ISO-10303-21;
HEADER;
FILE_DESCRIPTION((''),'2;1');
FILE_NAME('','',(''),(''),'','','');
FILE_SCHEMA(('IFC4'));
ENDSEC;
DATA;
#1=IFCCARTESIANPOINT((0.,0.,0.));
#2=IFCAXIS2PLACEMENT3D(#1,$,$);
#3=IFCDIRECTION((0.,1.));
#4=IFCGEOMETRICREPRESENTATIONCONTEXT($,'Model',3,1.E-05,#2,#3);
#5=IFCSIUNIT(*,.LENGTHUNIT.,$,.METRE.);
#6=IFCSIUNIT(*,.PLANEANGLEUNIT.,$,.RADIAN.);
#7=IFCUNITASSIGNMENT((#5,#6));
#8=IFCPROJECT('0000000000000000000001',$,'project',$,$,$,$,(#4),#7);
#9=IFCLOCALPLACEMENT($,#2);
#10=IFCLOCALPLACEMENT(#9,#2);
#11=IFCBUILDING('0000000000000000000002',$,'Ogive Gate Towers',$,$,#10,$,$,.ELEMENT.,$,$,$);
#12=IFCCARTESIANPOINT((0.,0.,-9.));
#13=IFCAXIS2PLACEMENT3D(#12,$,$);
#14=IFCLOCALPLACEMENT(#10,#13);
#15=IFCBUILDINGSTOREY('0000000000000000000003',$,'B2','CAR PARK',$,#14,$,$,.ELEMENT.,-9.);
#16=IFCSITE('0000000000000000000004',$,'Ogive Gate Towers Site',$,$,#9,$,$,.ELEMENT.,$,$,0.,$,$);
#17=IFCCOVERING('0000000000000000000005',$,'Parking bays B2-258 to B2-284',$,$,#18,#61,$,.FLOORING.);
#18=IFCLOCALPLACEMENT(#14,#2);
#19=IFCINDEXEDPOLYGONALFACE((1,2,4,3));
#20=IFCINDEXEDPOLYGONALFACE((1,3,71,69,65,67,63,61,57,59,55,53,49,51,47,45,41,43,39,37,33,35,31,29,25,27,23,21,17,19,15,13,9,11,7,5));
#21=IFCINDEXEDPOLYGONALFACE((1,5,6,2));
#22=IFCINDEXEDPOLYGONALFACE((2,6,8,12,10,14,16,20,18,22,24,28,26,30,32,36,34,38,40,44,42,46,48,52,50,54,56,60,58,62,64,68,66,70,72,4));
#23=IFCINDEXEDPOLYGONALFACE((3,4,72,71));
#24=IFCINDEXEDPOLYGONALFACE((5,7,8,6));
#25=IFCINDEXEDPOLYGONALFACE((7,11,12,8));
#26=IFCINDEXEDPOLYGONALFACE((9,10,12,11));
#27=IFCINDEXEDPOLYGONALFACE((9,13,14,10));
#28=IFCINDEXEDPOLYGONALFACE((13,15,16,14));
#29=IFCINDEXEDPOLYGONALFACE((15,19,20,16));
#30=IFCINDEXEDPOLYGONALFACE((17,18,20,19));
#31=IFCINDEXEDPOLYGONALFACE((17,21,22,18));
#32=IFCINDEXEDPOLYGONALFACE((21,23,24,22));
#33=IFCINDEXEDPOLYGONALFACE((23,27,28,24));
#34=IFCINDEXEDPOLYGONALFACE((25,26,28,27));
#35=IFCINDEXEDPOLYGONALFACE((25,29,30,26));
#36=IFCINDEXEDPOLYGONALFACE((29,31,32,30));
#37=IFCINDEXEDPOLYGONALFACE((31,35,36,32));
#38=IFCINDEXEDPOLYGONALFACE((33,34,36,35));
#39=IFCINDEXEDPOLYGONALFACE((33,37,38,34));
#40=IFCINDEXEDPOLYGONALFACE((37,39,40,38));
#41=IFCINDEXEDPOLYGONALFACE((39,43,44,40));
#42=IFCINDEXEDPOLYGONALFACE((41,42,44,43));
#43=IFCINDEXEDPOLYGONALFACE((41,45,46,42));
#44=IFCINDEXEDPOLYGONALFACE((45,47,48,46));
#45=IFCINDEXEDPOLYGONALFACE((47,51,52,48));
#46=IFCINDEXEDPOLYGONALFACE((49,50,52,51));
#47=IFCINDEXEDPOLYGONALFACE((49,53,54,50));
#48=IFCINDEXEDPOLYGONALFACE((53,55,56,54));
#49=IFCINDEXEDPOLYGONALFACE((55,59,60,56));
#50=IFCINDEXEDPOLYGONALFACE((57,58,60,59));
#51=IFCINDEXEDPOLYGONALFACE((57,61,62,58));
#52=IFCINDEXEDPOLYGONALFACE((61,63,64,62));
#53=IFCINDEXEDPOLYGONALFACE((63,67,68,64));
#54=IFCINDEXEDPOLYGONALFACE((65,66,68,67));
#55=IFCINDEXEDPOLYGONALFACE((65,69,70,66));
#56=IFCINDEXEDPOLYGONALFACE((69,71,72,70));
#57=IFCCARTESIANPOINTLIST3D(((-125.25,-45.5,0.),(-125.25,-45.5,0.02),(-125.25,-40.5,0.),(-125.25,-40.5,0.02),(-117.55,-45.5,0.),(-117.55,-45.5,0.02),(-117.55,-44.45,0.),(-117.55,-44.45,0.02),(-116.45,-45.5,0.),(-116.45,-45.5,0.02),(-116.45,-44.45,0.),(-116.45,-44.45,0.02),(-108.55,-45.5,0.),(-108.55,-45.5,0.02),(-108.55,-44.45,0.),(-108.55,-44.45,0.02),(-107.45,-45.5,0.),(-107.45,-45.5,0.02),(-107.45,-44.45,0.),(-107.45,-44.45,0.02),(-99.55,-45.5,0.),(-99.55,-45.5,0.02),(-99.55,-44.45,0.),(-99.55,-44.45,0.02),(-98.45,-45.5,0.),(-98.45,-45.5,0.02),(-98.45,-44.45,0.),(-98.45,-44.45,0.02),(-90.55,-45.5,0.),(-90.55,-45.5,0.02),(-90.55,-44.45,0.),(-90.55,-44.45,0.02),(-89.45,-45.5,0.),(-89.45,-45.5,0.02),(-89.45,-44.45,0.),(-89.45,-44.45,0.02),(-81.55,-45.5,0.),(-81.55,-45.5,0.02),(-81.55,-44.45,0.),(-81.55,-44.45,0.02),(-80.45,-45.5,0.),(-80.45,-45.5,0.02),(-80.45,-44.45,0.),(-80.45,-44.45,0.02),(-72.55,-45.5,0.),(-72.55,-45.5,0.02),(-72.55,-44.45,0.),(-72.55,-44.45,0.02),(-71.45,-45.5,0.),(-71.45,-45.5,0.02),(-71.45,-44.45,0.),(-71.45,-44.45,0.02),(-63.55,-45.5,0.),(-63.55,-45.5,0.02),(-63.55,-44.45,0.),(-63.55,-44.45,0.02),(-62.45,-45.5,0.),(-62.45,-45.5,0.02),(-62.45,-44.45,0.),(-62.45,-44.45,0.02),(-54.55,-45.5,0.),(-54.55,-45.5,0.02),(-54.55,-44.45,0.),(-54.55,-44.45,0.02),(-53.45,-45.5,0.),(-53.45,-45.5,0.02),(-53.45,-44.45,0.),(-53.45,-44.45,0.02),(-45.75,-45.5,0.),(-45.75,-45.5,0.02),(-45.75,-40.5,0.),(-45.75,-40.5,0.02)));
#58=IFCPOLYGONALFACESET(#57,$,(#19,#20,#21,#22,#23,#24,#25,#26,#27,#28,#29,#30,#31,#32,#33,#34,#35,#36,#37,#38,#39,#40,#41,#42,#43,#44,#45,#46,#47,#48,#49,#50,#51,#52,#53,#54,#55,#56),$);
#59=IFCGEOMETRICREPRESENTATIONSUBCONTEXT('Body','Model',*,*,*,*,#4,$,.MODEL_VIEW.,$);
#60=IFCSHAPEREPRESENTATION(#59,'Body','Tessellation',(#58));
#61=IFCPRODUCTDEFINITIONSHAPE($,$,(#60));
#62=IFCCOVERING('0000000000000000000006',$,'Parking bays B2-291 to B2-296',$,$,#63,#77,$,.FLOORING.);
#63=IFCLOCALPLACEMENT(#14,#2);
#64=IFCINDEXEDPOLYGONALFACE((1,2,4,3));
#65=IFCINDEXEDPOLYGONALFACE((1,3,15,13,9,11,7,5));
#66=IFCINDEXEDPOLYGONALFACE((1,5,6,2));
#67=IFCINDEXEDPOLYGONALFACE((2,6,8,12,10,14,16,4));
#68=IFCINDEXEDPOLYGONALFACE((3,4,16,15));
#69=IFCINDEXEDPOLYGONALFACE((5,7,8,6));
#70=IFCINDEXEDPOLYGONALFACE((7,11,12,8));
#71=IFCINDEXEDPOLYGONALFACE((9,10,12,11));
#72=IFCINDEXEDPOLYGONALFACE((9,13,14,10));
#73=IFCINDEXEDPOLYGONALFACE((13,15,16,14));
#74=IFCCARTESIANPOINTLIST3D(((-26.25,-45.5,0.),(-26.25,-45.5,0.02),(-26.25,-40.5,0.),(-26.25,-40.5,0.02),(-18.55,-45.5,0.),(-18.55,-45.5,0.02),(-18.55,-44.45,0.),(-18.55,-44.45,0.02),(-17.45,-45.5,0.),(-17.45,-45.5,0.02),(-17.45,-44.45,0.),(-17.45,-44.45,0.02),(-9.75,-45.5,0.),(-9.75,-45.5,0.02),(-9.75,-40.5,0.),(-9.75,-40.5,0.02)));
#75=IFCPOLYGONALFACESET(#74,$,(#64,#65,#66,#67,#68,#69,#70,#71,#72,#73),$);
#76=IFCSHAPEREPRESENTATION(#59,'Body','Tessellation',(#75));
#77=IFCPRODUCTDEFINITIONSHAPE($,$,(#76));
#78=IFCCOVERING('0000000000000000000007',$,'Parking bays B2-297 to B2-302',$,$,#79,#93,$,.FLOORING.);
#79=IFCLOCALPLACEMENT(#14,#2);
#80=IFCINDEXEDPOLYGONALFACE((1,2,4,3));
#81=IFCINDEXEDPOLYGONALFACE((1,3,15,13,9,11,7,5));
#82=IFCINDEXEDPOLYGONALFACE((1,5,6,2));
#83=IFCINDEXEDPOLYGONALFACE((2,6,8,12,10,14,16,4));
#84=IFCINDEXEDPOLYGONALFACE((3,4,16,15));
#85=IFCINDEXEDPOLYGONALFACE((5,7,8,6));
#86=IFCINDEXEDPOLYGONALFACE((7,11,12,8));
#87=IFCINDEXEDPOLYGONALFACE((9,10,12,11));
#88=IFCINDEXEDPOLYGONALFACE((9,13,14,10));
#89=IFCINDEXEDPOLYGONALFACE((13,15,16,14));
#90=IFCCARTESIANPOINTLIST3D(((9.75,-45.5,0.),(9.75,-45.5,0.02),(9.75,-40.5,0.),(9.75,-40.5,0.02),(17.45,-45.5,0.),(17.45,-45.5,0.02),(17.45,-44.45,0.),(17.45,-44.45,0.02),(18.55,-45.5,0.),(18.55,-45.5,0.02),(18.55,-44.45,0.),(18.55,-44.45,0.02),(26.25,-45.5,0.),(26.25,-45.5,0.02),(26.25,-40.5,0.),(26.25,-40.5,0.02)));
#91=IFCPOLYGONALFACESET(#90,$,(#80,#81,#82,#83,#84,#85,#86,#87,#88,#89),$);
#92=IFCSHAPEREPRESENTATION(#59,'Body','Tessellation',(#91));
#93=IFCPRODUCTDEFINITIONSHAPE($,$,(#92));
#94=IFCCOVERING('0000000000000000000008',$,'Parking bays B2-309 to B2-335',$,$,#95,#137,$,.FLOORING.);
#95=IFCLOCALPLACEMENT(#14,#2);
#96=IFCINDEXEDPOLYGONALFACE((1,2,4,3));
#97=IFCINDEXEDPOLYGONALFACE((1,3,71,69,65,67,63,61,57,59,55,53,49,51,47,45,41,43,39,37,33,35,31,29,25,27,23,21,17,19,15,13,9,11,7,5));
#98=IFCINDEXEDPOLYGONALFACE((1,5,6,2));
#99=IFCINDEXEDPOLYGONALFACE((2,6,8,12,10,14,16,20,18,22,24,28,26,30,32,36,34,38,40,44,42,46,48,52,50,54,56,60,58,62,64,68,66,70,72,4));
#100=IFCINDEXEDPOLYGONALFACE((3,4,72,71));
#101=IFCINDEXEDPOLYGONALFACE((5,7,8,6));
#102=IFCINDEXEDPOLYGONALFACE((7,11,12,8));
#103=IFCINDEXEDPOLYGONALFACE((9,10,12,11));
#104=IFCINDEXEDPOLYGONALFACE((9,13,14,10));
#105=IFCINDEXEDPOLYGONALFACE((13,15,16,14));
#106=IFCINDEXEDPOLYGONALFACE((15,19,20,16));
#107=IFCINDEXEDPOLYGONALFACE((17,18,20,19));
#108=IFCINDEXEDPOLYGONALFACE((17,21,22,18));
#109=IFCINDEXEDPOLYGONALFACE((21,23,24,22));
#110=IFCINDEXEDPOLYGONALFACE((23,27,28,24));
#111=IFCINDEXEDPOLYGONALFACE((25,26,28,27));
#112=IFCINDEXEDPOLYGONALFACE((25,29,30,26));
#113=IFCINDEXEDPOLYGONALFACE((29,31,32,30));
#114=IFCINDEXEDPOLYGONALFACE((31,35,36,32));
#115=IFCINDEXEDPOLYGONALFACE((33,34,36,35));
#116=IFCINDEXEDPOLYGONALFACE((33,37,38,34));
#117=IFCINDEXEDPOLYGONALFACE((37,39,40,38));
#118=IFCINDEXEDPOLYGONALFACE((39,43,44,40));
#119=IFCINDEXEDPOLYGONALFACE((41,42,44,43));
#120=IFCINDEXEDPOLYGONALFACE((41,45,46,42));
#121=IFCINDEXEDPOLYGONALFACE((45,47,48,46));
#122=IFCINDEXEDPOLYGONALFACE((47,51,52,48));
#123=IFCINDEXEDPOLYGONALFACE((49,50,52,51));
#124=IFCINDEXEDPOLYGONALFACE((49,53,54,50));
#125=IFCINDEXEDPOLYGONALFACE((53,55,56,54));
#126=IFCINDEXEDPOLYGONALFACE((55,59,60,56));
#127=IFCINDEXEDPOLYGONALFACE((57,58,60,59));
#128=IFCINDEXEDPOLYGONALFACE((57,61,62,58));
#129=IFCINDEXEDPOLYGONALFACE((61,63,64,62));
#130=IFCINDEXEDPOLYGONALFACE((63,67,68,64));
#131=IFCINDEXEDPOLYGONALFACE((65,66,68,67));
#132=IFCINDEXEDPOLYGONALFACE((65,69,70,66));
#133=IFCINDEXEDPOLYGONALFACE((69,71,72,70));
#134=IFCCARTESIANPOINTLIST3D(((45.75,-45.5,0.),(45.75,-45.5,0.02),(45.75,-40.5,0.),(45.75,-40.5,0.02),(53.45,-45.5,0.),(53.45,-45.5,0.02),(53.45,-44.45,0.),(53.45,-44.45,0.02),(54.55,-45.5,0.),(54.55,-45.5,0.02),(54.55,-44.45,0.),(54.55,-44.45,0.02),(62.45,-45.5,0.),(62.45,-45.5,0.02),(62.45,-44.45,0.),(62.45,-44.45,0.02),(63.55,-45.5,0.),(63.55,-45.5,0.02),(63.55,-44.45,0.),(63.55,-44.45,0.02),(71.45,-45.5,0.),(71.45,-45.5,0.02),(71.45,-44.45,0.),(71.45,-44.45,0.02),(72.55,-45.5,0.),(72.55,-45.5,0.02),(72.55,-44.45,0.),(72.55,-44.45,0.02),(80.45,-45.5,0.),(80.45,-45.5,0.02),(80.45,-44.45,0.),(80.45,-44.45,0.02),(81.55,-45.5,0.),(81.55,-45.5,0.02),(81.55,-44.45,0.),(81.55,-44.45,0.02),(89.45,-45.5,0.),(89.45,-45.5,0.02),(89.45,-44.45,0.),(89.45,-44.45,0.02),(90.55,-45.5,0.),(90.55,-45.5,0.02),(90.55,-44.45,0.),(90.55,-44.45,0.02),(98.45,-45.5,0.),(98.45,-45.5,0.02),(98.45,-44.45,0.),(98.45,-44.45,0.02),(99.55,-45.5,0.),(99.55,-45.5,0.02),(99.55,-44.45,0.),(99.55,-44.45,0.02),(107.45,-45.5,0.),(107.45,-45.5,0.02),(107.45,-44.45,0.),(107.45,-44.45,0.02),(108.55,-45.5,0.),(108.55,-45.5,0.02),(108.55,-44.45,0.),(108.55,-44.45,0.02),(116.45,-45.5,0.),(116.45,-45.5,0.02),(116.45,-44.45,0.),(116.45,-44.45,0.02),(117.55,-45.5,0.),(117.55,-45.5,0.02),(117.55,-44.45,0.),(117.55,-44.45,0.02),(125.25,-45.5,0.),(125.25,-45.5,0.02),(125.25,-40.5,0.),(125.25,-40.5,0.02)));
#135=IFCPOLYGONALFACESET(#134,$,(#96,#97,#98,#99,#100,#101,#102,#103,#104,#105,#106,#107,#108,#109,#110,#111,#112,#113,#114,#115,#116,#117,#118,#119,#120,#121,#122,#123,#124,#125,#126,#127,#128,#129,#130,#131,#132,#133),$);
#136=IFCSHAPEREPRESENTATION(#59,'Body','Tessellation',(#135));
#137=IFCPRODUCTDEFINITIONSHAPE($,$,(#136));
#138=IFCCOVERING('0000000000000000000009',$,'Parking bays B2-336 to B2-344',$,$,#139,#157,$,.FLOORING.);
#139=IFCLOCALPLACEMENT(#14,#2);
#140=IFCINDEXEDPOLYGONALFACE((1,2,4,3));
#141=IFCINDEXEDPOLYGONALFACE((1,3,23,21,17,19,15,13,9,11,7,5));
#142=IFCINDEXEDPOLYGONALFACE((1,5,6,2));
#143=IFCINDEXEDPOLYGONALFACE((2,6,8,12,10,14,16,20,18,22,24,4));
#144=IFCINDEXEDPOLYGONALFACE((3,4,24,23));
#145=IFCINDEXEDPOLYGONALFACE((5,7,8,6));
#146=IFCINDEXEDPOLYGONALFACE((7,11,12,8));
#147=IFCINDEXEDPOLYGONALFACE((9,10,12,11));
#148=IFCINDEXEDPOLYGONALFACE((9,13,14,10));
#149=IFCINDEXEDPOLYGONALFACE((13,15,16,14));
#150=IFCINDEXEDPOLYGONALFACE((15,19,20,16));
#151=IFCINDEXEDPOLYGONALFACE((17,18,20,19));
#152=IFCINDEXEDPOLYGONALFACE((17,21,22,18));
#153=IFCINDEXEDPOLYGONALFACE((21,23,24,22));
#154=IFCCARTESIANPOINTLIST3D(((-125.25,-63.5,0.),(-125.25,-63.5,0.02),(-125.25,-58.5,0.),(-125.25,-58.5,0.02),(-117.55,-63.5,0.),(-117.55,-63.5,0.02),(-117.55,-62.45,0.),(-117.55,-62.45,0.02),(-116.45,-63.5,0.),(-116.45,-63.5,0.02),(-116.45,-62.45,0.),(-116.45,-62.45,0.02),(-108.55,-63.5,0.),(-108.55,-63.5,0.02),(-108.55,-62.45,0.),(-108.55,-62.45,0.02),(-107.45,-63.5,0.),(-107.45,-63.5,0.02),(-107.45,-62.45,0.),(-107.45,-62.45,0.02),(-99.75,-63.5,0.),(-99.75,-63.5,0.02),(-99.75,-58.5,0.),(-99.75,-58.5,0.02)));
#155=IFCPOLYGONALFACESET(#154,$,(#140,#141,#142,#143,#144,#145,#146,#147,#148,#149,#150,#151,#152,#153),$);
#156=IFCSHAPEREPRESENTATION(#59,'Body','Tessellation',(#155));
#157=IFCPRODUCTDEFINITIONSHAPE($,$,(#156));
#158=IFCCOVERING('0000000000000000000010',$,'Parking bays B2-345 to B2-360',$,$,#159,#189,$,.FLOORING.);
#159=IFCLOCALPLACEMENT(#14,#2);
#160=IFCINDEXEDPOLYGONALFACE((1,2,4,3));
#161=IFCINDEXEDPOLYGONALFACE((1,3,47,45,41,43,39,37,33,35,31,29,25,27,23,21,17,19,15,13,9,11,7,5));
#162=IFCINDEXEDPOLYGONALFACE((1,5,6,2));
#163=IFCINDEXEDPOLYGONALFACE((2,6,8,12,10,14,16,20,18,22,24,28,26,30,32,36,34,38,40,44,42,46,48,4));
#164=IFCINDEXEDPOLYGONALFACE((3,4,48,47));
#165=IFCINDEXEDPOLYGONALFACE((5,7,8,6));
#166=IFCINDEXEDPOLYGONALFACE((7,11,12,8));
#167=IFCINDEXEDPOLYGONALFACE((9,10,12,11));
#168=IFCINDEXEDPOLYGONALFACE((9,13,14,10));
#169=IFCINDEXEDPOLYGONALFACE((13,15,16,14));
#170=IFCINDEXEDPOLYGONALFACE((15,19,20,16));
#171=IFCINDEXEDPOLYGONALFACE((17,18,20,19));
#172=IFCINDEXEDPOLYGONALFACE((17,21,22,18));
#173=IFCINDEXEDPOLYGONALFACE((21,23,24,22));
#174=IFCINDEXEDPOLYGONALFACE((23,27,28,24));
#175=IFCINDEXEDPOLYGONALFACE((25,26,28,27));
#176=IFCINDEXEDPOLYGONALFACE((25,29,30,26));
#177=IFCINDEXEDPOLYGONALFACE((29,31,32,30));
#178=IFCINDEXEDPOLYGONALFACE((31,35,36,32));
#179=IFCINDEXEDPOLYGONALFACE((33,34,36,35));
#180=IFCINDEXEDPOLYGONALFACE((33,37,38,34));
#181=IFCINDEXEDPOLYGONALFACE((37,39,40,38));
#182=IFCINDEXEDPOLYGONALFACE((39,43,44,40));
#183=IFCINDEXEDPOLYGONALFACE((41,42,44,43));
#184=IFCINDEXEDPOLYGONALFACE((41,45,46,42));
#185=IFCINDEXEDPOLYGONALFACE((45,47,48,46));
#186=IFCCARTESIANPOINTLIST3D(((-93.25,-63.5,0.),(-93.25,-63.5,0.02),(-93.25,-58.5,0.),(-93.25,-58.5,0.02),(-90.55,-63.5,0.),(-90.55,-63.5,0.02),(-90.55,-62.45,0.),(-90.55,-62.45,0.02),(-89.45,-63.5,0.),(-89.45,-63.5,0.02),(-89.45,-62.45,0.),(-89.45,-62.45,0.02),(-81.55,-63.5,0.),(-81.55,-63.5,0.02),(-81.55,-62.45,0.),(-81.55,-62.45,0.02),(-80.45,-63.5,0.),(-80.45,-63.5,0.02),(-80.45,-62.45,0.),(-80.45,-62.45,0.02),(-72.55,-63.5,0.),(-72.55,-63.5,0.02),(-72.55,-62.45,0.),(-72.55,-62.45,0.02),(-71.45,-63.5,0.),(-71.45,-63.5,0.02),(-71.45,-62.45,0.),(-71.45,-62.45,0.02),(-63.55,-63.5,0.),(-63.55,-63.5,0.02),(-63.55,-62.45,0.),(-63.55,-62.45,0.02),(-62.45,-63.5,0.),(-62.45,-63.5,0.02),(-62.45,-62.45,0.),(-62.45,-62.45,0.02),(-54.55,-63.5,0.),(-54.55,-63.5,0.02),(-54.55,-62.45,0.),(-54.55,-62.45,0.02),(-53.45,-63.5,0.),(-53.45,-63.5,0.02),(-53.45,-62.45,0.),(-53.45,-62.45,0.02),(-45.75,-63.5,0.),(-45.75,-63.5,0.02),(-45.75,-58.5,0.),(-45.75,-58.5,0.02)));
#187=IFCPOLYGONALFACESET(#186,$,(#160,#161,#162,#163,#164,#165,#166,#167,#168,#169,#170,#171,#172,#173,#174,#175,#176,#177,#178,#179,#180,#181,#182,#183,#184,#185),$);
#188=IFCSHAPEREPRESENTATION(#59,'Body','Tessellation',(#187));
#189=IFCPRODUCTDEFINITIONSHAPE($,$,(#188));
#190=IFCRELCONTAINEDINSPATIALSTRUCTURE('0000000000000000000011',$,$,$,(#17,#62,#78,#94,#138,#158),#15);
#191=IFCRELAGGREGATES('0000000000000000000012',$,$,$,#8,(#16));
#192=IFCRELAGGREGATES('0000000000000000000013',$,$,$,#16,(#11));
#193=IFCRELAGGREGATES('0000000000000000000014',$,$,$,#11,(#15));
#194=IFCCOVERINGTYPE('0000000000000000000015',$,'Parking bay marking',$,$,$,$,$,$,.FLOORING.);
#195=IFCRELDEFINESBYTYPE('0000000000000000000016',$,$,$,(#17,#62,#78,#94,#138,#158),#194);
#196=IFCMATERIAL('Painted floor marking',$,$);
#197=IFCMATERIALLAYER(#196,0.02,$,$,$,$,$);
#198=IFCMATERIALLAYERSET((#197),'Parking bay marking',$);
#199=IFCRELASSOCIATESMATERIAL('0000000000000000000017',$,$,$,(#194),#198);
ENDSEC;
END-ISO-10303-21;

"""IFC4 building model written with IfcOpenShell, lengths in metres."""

from ifc_helpers import new_model, si_unit, direction, frame, origin, place, context, subcontext, project, spatial, polyline, outline, extrude, material, layer, layer_set, type_object, element, save


model = new_model("IFC4")

# Units and contexts
model_context = context("Model", 3, precision=1e-05, world=origin(), true_north=direction((0.0, 1.0)))
body_context = subcontext(model_context, "Body", "Model", "MODEL_VIEW")
ifc_project = project(units=[si_unit("LENGTHUNIT", "METRE"), si_unit("PLANEANGLEUNIT", "RADIAN")], contexts=[model_context])

# Site, building, storey
site_placement = place(None, origin())
site = spatial("IfcSite", under=ifc_project, at=site_placement, Name="Ogive Gate Towers Site", CompositionType="ELEMENT", RefElevation=0.0)
building_placement = place(site_placement, origin())
building = spatial("IfcBuilding", under=site, at=building_placement, Name="Ogive Gate Towers", CompositionType="ELEMENT")
storey_placement = place(building_placement, frame((0.0, 0.0, -9.0)))
storey = spatial("IfcBuildingStorey", under=building, at=storey_placement, Name="B2", Description="CAR PARK", CompositionType="ELEMENT", Elevation=-9.0)

# Coverings
ifc_material = material(Name="Painted floor marking")
ifc_layer_1 = layer(ifc_material, 0.02)
ifc_layer_set_1 = layer_set([ifc_layer_1], Name="Parking bay marking")
covering_type_1 = type_object("IfcCoveringType", Name="Parking bay marking", PredefinedType="FLOORING", material=ifc_layer_set_1)
covering_1_placement = place(storey_placement, origin())
element("IfcCovering", 1, at=covering_1_placement, inside=storey, type_object=covering_type_1, Name="Parking bays B2-258 to B2-284", PredefinedType="FLOORING", context=body_context, shape_type="SweptSolid", body=[
    extrude(outline(polyline([(-45.75, -40.5), (-45.75, -45.5), (-53.45, -45.5), (-53.45, -44.45), (-54.55, -44.45), (-54.55, -45.5), (-62.45, -45.5), (-62.45, -44.45), (-63.55, -44.45), (-63.55, -45.5), (-71.45, -45.5), (-71.45, -44.45), (-72.55, -44.45), (-72.55, -45.5), (-80.45, -45.5), (-80.45, -44.45), (-81.55, -44.45), (-81.55, -45.5), (-89.45, -45.5), (-89.45, -44.45), (-90.55, -44.45), (-90.55, -45.5), (-98.45, -45.5), (-98.45, -44.45), (-99.55, -44.45), (-99.55, -45.5), (-107.45, -45.5), (-107.45, -44.45), (-108.55, -44.45), (-108.55, -45.5), (-116.45, -45.5), (-116.45, -44.45), (-117.55, -44.45), (-117.55, -45.5), (-125.25, -45.5), (-125.25, -40.5), (-45.75, -40.5)])), origin(), (0.0, 0.0, 1.0), 0.02),
])
covering_2_placement = place(storey_placement, origin())
element("IfcCovering", 2, at=covering_2_placement, inside=storey, type_object=covering_type_1, Name="Parking bays B2-291 to B2-296", PredefinedType="FLOORING", context=body_context, shape_type="SweptSolid", body=[
    extrude(outline(polyline([(-9.75, -40.5), (-9.75, -45.5), (-17.45, -45.5), (-17.45, -44.45), (-18.55, -44.45), (-18.55, -45.5), (-26.25, -45.5), (-26.25, -40.5), (-9.75, -40.5)])), origin(), (0.0, 0.0, 1.0), 0.02),
])
covering_3_placement = place(storey_placement, origin())
element("IfcCovering", 3, at=covering_3_placement, inside=storey, type_object=covering_type_1, Name="Parking bays B2-297 to B2-302", PredefinedType="FLOORING", context=body_context, shape_type="SweptSolid", body=[
    extrude(outline(polyline([(9.75, -40.5), (26.25, -40.5), (26.25, -45.5), (18.55, -45.5), (18.55, -44.45), (17.45, -44.45), (17.45, -45.5), (9.75, -45.5), (9.75, -40.5)])), origin(), (0.0, 0.0, 1.0), 0.02),
])
covering_4_placement = place(storey_placement, origin())
element("IfcCovering", 4, at=covering_4_placement, inside=storey, type_object=covering_type_1, Name="Parking bays B2-309 to B2-335", PredefinedType="FLOORING", context=body_context, shape_type="SweptSolid", body=[
    extrude(outline(polyline([(45.75, -40.5), (125.25, -40.5), (125.25, -45.5), (117.55, -45.5), (117.55, -44.45), (116.45, -44.45), (116.45, -45.5), (108.55, -45.5), (108.55, -44.45), (107.45, -44.45), (107.45, -45.5), (99.55, -45.5), (99.55, -44.45), (98.45, -44.45), (98.45, -45.5), (90.55, -45.5), (90.55, -44.45), (89.45, -44.45), (89.45, -45.5), (81.55, -45.5), (81.55, -44.45), (80.45, -44.45), (80.45, -45.5), (72.55, -45.5), (72.55, -44.45), (71.45, -44.45), (71.45, -45.5), (63.55, -45.5), (63.55, -44.45), (62.45, -44.45), (62.45, -45.5), (54.55, -45.5), (54.55, -44.45), (53.45, -44.45), (53.45, -45.5), (45.75, -45.5), (45.75, -40.5)])), origin(), (0.0, 0.0, 1.0), 0.02),
])
covering_5_placement = place(storey_placement, origin())
element("IfcCovering", 5, at=covering_5_placement, inside=storey, type_object=covering_type_1, Name="Parking bays B2-336 to B2-344", PredefinedType="FLOORING", context=body_context, shape_type="SweptSolid", body=[
    extrude(outline(polyline([(-99.75, -58.5), (-99.75, -63.5), (-107.45, -63.5), (-107.45, -62.45), (-108.55, -62.45), (-108.55, -63.5), (-116.45, -63.5), (-116.45, -62.45), (-117.55, -62.45), (-117.55, -63.5), (-125.25, -63.5), (-125.25, -58.5), (-99.75, -58.5)])), origin(), (0.0, 0.0, 1.0), 0.02),
])
covering_6_placement = place(storey_placement, origin())
element("IfcCovering", 6, at=covering_6_placement, inside=storey, type_object=covering_type_1, Name="Parking bays B2-345 to B2-360", PredefinedType="FLOORING", context=body_context, shape_type="SweptSolid", body=[
    extrude(outline(polyline([(-45.75, -58.5), (-45.75, -63.5), (-53.45, -63.5), (-53.45, -62.45), (-54.55, -62.45), (-54.55, -63.5), (-62.45, -63.5), (-62.45, -62.45), (-63.55, -62.45), (-63.55, -63.5), (-71.45, -63.5), (-71.45, -62.45), (-72.55, -62.45), (-72.55, -63.5), (-80.45, -63.5), (-80.45, -62.45), (-81.55, -62.45), (-81.55, -63.5), (-89.45, -63.5), (-89.45, -62.45), (-90.55, -62.45), (-90.55, -63.5), (-93.25, -63.5), (-93.25, -58.5), (-45.75, -58.5)])), origin(), (0.0, 0.0, 1.0), 0.02),
])

save(model, "model.ifc")
